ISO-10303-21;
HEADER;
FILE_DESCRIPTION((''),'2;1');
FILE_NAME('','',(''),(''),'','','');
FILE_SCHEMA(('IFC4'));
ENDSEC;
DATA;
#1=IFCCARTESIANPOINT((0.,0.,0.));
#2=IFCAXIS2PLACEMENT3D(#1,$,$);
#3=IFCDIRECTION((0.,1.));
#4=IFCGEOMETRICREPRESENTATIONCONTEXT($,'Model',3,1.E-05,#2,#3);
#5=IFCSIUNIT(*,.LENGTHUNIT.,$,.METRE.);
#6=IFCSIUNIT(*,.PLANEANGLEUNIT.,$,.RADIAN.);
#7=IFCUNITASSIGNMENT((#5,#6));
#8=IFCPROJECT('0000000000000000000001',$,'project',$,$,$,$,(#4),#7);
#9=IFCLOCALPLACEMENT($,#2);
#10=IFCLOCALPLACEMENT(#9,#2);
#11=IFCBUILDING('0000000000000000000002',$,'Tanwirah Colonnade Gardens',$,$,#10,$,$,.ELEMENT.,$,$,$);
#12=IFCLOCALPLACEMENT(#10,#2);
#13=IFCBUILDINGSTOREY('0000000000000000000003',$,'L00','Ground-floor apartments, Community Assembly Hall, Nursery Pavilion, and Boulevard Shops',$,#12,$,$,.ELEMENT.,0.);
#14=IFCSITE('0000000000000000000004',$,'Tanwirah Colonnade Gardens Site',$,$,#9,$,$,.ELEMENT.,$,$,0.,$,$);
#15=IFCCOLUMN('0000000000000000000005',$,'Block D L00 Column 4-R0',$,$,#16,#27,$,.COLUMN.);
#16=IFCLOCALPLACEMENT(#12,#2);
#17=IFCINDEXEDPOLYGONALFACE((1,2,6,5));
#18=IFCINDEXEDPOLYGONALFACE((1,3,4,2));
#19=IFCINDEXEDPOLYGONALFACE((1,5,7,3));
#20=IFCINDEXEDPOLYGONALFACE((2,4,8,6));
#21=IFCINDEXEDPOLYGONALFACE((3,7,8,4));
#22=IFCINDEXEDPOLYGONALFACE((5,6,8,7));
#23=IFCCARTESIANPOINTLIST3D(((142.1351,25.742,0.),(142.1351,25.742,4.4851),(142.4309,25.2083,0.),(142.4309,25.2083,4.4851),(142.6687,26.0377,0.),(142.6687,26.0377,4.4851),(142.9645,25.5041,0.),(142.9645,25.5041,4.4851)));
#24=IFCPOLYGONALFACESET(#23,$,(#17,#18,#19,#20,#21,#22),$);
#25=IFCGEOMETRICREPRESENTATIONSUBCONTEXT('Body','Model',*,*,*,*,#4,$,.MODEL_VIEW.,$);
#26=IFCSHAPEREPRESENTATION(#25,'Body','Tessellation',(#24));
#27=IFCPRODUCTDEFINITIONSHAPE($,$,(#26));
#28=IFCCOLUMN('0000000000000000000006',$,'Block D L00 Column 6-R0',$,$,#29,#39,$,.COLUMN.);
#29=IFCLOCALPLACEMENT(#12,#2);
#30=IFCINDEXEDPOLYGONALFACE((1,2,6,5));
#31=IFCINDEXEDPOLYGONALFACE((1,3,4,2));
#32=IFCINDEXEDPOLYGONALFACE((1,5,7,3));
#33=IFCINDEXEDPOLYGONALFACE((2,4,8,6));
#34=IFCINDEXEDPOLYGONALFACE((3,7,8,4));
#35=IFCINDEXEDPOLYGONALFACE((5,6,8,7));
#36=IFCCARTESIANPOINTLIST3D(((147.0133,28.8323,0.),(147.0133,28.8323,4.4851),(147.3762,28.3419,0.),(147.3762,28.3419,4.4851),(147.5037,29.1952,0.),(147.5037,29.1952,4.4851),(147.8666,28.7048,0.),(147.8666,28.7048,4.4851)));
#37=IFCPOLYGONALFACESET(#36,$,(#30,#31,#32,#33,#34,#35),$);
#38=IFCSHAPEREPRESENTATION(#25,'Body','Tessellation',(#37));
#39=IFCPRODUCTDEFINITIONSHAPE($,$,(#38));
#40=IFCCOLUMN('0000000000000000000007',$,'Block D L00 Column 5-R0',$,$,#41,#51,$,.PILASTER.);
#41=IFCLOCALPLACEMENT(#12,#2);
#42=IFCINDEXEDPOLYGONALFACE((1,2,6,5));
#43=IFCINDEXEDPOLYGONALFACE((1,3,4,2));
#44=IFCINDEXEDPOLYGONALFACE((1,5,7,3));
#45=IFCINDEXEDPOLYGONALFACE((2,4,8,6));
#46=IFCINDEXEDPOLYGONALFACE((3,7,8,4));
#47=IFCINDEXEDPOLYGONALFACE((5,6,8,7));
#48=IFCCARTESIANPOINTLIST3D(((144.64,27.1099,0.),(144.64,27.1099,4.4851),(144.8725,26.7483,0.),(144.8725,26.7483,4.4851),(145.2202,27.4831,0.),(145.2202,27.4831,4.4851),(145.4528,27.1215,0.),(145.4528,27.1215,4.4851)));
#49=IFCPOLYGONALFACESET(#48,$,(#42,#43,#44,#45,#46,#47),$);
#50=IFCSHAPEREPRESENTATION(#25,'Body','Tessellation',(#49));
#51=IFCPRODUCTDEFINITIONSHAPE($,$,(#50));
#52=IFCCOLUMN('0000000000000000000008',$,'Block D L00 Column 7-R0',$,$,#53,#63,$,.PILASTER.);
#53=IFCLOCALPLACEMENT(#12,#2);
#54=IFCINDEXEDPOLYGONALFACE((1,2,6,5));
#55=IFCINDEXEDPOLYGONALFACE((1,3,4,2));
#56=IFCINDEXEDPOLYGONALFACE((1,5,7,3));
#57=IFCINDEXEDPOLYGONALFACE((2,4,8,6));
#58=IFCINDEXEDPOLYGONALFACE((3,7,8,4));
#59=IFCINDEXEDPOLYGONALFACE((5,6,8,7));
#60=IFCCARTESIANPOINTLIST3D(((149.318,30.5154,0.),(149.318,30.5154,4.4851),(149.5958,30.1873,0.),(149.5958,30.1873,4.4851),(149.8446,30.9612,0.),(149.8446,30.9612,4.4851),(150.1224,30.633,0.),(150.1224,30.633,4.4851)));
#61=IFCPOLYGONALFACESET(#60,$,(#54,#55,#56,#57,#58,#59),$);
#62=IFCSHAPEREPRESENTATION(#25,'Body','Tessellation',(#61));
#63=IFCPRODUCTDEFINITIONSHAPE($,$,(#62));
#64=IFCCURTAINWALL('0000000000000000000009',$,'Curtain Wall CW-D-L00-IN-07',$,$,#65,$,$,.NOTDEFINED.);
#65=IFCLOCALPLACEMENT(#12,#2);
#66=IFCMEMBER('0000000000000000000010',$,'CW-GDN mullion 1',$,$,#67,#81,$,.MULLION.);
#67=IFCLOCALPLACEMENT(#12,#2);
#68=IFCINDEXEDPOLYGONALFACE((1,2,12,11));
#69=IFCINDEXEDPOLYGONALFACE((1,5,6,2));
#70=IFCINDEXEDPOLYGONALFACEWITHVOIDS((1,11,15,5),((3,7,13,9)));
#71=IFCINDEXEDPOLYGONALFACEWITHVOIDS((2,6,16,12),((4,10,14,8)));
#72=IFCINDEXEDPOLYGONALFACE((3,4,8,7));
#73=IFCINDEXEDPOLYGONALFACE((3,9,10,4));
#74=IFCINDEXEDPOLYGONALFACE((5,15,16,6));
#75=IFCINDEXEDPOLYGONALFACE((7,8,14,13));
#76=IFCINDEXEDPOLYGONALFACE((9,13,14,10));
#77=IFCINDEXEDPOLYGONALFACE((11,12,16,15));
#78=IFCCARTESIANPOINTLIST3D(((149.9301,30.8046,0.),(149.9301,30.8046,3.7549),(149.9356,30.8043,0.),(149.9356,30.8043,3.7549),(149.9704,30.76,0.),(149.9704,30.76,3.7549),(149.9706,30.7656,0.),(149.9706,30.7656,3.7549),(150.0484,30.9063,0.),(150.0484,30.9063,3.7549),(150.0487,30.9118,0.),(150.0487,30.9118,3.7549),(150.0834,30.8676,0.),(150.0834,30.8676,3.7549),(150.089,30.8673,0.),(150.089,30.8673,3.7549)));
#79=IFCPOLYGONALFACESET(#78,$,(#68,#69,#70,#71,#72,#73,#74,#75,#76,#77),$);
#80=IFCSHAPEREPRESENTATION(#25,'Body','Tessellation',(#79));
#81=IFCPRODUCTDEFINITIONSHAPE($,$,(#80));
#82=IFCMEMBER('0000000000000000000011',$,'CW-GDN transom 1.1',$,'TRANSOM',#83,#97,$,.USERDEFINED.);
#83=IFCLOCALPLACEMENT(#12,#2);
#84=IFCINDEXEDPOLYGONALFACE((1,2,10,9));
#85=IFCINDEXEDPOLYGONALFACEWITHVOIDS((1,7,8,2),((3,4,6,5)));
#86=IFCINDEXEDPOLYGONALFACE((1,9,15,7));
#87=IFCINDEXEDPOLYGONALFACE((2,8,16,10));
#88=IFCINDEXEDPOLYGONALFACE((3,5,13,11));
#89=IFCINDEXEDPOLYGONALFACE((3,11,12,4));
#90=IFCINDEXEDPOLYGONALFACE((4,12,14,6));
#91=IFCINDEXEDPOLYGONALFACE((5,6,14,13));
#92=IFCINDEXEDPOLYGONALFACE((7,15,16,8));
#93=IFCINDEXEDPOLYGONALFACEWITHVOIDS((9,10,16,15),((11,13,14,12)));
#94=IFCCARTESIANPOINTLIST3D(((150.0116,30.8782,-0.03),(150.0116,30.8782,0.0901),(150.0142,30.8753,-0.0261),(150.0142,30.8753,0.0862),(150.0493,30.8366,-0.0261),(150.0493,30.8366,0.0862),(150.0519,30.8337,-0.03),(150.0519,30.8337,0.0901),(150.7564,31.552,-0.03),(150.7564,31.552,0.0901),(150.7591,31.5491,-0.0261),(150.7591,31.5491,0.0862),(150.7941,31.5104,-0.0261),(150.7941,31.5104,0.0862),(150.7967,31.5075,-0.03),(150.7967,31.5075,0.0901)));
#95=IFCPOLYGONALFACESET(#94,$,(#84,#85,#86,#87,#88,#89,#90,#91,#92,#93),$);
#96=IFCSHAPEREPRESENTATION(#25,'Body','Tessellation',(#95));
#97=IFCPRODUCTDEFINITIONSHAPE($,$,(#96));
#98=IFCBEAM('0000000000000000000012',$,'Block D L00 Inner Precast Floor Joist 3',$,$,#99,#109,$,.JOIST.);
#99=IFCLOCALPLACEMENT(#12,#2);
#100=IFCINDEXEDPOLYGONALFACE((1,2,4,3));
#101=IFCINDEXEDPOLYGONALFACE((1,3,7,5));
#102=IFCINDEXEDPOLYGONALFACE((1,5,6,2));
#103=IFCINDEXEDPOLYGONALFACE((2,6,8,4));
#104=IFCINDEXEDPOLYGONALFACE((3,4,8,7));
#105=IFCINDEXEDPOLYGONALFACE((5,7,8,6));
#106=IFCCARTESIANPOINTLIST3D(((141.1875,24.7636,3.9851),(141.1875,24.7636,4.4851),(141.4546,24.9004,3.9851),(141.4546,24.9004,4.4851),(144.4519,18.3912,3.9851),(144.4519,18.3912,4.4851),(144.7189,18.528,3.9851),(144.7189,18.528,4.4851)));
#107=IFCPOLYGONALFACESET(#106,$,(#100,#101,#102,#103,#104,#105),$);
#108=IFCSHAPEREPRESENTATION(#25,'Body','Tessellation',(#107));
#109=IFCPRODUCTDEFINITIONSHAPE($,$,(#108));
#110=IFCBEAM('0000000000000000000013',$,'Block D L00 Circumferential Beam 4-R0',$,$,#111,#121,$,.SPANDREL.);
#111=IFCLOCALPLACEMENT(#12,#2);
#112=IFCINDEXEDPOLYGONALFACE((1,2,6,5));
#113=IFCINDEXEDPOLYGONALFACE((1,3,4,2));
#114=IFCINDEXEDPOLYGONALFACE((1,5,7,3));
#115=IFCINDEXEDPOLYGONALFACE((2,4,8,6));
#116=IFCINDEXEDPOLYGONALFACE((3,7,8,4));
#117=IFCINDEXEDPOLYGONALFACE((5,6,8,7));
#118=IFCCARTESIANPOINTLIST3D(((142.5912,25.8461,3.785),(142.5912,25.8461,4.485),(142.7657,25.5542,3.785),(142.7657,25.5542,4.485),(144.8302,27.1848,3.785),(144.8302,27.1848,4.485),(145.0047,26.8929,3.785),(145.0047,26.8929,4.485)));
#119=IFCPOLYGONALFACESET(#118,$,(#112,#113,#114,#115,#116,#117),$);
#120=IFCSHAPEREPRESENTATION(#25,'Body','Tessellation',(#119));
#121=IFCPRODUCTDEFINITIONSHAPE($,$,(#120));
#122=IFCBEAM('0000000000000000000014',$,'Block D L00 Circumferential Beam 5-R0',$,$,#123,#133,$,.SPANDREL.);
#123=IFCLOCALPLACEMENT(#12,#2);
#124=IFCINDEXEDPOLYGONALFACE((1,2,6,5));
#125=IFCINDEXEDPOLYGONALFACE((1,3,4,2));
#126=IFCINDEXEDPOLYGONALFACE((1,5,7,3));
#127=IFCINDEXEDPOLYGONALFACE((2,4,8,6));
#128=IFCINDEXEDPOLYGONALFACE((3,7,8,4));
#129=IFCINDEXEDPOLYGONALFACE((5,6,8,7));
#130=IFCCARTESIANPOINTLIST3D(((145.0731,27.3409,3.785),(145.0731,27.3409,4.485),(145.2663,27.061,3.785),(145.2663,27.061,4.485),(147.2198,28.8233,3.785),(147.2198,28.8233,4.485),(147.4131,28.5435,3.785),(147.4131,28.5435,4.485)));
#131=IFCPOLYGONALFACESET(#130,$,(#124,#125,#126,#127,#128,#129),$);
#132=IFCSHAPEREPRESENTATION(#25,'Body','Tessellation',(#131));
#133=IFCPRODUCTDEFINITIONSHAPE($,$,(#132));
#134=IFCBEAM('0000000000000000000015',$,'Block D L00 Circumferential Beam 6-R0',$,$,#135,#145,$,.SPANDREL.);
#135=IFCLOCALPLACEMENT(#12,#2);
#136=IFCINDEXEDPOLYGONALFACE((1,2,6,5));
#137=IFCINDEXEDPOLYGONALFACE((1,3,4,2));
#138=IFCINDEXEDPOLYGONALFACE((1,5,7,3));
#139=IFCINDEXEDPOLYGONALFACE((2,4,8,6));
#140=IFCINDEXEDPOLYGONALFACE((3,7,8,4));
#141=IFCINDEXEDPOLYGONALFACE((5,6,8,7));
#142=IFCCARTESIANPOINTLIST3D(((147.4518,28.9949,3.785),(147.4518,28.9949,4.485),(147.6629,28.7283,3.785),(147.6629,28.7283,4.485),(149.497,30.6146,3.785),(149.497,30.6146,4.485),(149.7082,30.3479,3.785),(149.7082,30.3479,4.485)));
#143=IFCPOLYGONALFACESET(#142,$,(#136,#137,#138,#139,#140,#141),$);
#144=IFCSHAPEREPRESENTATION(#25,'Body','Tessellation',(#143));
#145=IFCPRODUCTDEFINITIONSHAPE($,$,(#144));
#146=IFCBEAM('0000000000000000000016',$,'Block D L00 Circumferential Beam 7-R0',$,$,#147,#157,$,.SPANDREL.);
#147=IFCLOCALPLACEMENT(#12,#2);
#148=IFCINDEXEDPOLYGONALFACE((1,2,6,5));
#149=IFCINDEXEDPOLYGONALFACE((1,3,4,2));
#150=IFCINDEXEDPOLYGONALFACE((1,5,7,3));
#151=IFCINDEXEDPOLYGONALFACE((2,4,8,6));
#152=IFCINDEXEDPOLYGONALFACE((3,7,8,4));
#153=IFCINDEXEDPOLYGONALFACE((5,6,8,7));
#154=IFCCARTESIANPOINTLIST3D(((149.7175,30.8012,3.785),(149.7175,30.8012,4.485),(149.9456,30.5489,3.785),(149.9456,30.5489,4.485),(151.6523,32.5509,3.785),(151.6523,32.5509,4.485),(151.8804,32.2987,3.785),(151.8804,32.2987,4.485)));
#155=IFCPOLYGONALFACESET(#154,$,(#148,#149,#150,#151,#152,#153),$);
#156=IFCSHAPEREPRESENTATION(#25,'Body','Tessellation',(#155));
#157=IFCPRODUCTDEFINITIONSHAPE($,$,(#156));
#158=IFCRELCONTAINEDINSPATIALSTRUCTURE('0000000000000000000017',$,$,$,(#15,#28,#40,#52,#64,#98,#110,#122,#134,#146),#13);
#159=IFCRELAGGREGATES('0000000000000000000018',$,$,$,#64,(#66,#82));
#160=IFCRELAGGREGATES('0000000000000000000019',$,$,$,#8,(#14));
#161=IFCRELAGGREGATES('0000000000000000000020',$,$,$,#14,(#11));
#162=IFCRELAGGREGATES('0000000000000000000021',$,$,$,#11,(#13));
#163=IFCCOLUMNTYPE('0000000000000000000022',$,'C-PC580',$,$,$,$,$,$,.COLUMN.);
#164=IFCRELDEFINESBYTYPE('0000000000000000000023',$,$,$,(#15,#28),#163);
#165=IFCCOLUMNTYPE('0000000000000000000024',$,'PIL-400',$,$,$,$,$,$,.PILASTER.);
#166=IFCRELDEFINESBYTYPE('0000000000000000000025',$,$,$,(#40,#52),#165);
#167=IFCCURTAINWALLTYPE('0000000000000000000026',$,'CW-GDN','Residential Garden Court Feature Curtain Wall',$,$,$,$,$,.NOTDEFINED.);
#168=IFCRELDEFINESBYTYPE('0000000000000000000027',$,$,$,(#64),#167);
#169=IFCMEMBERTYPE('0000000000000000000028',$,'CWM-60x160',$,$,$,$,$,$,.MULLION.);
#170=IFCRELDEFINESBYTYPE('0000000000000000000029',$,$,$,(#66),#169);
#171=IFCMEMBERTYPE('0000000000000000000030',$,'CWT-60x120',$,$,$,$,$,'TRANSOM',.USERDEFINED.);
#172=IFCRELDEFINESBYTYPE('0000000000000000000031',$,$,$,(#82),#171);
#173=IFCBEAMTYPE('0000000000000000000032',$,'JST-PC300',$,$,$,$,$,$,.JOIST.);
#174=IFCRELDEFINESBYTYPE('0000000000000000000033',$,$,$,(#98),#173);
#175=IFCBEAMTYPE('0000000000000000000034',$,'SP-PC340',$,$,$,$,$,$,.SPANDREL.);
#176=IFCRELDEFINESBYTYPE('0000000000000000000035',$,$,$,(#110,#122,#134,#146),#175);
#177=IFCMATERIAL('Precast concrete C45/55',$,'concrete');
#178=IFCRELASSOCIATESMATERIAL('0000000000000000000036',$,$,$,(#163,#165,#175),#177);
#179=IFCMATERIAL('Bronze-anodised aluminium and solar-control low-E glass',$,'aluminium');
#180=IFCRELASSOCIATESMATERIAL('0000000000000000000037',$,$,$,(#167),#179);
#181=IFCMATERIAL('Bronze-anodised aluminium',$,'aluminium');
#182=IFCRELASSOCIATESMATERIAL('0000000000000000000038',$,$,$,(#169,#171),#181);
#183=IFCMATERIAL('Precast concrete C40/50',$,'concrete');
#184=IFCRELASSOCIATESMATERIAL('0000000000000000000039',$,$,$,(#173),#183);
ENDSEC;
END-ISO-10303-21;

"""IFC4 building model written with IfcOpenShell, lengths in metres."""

from ifc_helpers import new_model, si_unit, direction, frame, origin, origin_2d, place, context, subcontext, project, spatial, rectangle, hollow_rectangle, extrude, material, material_profile, profile_set, type_object, element, aggregate, save


model = new_model("IFC4")

# Units and contexts
model_context = context("Model", 3, precision=1e-05, world=origin(), true_north=direction((0.0, 1.0)))
body_context = subcontext(model_context, "Body", "Model", "MODEL_VIEW")
ifc_project = project(units=[si_unit("LENGTHUNIT", "METRE"), si_unit("PLANEANGLEUNIT", "RADIAN")], contexts=[model_context])

# Site, building, storey
site_placement = place(None, origin())
site = spatial("IfcSite", under=ifc_project, at=site_placement, Name="Tanwirah Colonnade Gardens Site", CompositionType="ELEMENT", RefElevation=0.0)
building_placement = place(site_placement, origin())
building = spatial("IfcBuilding", under=site, at=building_placement, Name="Tanwirah Colonnade Gardens", CompositionType="ELEMENT")
storey_placement = place(building_placement, origin())
storey = spatial("IfcBuildingStorey", under=building, at=storey_placement, Name="L00", Description="Ground-floor apartments, Community Assembly Hall, Nursery Pavilion, and Boulevard Shops", CompositionType="ELEMENT", Elevation=0.0)

# Columns
ifc_material_1 = material(Name="Precast concrete C45/55", Category="concrete")
ifc_material_profile_1 = material_profile(ifc_material_1, rectangle(XDim=0.6101, YDim=0.6101, at=origin_2d()), Name="PC-COL 610x610")
ifc_profile_set_1 = profile_set([ifc_material_profile_1], Name="Precast concrete C45/55")
column_type_1 = type_object("IfcColumnType", Name="C-PC580", PredefinedType="COLUMN", material=ifc_profile_set_1)
for number, where, z_axis, x_axis, name in (
    (1, (142.5498, 25.623, 0.0), (0.0, 0.0, 1.0), (0.48481, -0.87462, 0.0), "Block D L00 Column 4-R0"),
    (2, (147.4399, 28.7686, 0.0), (0.0, 0.0, 1.0), (0.594823, -0.803857, 0.0), "Block D L00 Column 6-R0"),
):
    element("IfcColumn", number, at=place(storey_placement, frame(where, z_axis=z_axis, x_axis=x_axis)), inside=storey, type_object=column_type_1, Name=name, PredefinedType="COLUMN", context=body_context, shape_type="SweptSolid", body=[
        extrude(rectangle(XDim=0.6101, YDim=0.6101, at=origin_2d()), origin(), (0.0, 0.0, 1.0), 4.4851),
    ])
ifc_material_profile_2 = material_profile(ifc_material_1, rectangle(XDim=0.4299, YDim=0.6899, at=origin_2d()), Name="PC-PIL 430x690")
ifc_profile_set_2 = profile_set([ifc_material_profile_2], Name="Precast concrete C45/55")
column_type_2 = type_object("IfcColumnType", Name="PIL-400", PredefinedType="PILASTER", material=ifc_profile_set_2)
for number, where, z_axis, x_axis, name in (
    (3, (145.0464, 27.1157, 0.0), (0.0, 0.0, 1.0), (0.540974, -0.841039, 0.0), "Block D L00 Column 5-R0"),
    (4, (149.7202, 30.5742, 0.0), (0.0, 0.0, 1.0), (0.646124, -0.763232, 0.0), "Block D L00 Column 7-R0"),
):
    element("IfcColumn", number, at=place(storey_placement, frame(where, z_axis=z_axis, x_axis=x_axis)), inside=storey, type_object=column_type_2, Name=name, PredefinedType="PILASTER", context=body_context, shape_type="SweptSolid", body=[
        extrude(rectangle(XDim=0.4299, YDim=0.6899, at=origin_2d()), origin(), (0.0, 0.0, 1.0), 4.4851),
    ])

# Curtain wall, members
ifc_material_2 = material(Name="Bronze-anodised aluminium and solar-control low-E glass", Category="aluminium")
curtain_wall_type = type_object("IfcCurtainWallType", Name="CW-GDN", Description="Residential Garden Court Feature Curtain Wall", PredefinedType="NOTDEFINED", material=ifc_material_2)
curtain_wall_placement = place(storey_placement, origin())
curtain_wall = element("IfcCurtainWall", 5, at=curtain_wall_placement, inside=storey, type_object=curtain_wall_type, Name="Curtain Wall CW-D-L00-IN-07", PredefinedType="NOTDEFINED")
ifc_material_3 = material(Name="Bronze-anodised aluminium", Category="aluminium")
ifc_material_profile_3 = material_profile(ifc_material_3, hollow_rectangle(XDim=0.0601, YDim=0.1599, WallThickness=0.0039, at=origin_2d()), Name="CW-MUL 60x160x4")
ifc_profile_set_3 = profile_set([ifc_material_profile_3], Name="Bronze-anodised aluminium")
member_type_1 = type_object("IfcMemberType", Name="CWM-60x160", PredefinedType="MULLION", material=ifc_profile_set_3)
member_1_placement = place(storey_placement, frame((150.0095, 30.8359, 0.0), z_axis=(0.0, 0.0, 1.0), x_axis=(-0.670751, 0.741683, 0.0)))
member_1 = element("IfcMember", 6, at=member_1_placement, type_object=member_type_1, Name="CW-GDN mullion 1", PredefinedType="MULLION", context=body_context, shape_type="SweptSolid", body=[
    extrude(hollow_rectangle(XDim=0.0601, YDim=0.1599, WallThickness=0.0039, at=origin_2d()), origin(), (0.0, 0.0, 1.0), 3.7549),
])
ifc_material_profile_4 = material_profile(ifc_material_3, hollow_rectangle(XDim=0.0601, YDim=0.1201, WallThickness=0.0039, at=origin_2d()), Name="CW-TRN 60x120x4")
ifc_profile_set_4 = profile_set([ifc_material_profile_4], Name="Bronze-anodised aluminium")
member_type_2 = type_object("IfcMemberType", Name="CWT-60x120", ElementType="TRANSOM", PredefinedType="USERDEFINED", material=ifc_profile_set_4)
member_2_placement = place(storey_placement, frame((150.0317, 30.856, 0.03), z_axis=(0.741588, 0.670856, 0.0), x_axis=(-0.670856, 0.741588, 0.0)))
member_2 = element("IfcMember", 7, at=member_2_placement, type_object=member_type_2, Name="CW-GDN transom 1.1", ObjectType="TRANSOM", PredefinedType="USERDEFINED", context=body_context, shape_type="SweptSolid", body=[
    extrude(hollow_rectangle(XDim=0.0601, YDim=0.1201, WallThickness=0.0039, at=origin_2d()), origin(), (0.0, 0.0, 1.0), 1.0044),
])
aggregate(curtain_wall, [member_1, member_2])

# Beams
ifc_material_4 = material(Name="Precast concrete C40/50", Category="concrete")
ifc_material_profile_5 = material_profile(ifc_material_4, rectangle(XDim=0.3, YDim=0.5, at=origin_2d()), Name="PC-JST 300x500")
ifc_profile_set_5 = profile_set([ifc_material_profile_5], Name="Precast concrete C40/50")
beam_type_1 = type_object("IfcBeamType", Name="JST-PC300", PredefinedType="JOIST", material=ifc_profile_set_5)
beam_1_placement = place(storey_placement, frame((141.321, 24.832, 4.2351), z_axis=(0.455921, -0.89002, 0.0), x_axis=(0.89002, 0.455921, 0.0)))
element("IfcBeam", 8, at=beam_1_placement, inside=storey, type_object=beam_type_1, Name="Block D L00 Inner Precast Floor Joist 3", PredefinedType="JOIST", context=body_context, shape_type="SweptSolid", body=[
    extrude(rectangle(XDim=0.3, YDim=0.5, at=origin_2d()), origin(), (0.0, 0.0, 1.0), 7.1599),
])
ifc_material_profile_6 = material_profile(ifc_material_1, rectangle(XDim=0.3401, YDim=0.7, at=origin_2d()), Name="PC-SP 340x700")
ifc_profile_set_6 = profile_set([ifc_material_profile_6], Name="Precast concrete C45/55")
beam_type_2 = type_object("IfcBeamType", Name="SP-PC340", PredefinedType="SPANDREL", material=ifc_profile_set_6)
beam_2_placement = place(storey_placement, frame((142.6785, 25.7002, 4.135), z_axis=(0.858301, 0.513146, 0.0), x_axis=(-0.513146, 0.858301, 0.0)))
element("IfcBeam", 9, at=beam_2_placement, inside=storey, type_object=beam_type_2, Name="Block D L00 Circumferential Beam 4-R0", PredefinedType="SPANDREL", context=body_context, shape_type="SweptSolid", body=[
    extrude(rectangle(XDim=0.3401, YDim=0.7, at=origin_2d()), origin(), (0.0, 0.0, 1.0), 2.6086),
])
for number, where, z_axis, x_axis, name in (
    (10, (145.1697, 27.2009, 4.135), (0.822869, 0.568231, 0.0), (-0.568231, 0.822869, 0.0), "Block D L00 Circumferential Beam 5-R0"),
    (11, (147.5574, 28.8616, 4.135), (0.783945, 0.62083, 0.0), (-0.62083, 0.783945, 0.0), "Block D L00 Circumferential Beam 6-R0"),
):
    element("IfcBeam", number, at=place(storey_placement, frame(where, z_axis=z_axis, x_axis=x_axis)), inside=storey, type_object=beam_type_2, Name=name, PredefinedType="SPANDREL", context=body_context, shape_type="SweptSolid", body=[
        extrude(rectangle(XDim=0.3401, YDim=0.7, at=origin_2d()), origin(), (0.0, 0.0, 1.0), 2.6089),
    ])
beam_3_placement = place(storey_placement, frame((149.8315, 30.675, 4.135), z_axis=(0.741687, 0.670747, 0.0), x_axis=(-0.670747, 0.741687, 0.0)))
element("IfcBeam", 12, at=beam_3_placement, inside=storey, type_object=beam_type_2, Name="Block D L00 Circumferential Beam 7-R0", PredefinedType="SPANDREL", context=body_context, shape_type="SweptSolid", body=[
    extrude(rectangle(XDim=0.3401, YDim=0.7, at=origin_2d()), origin(), (0.0, 0.0, 1.0), 2.6086),
])

save(model, "model.ifc")
